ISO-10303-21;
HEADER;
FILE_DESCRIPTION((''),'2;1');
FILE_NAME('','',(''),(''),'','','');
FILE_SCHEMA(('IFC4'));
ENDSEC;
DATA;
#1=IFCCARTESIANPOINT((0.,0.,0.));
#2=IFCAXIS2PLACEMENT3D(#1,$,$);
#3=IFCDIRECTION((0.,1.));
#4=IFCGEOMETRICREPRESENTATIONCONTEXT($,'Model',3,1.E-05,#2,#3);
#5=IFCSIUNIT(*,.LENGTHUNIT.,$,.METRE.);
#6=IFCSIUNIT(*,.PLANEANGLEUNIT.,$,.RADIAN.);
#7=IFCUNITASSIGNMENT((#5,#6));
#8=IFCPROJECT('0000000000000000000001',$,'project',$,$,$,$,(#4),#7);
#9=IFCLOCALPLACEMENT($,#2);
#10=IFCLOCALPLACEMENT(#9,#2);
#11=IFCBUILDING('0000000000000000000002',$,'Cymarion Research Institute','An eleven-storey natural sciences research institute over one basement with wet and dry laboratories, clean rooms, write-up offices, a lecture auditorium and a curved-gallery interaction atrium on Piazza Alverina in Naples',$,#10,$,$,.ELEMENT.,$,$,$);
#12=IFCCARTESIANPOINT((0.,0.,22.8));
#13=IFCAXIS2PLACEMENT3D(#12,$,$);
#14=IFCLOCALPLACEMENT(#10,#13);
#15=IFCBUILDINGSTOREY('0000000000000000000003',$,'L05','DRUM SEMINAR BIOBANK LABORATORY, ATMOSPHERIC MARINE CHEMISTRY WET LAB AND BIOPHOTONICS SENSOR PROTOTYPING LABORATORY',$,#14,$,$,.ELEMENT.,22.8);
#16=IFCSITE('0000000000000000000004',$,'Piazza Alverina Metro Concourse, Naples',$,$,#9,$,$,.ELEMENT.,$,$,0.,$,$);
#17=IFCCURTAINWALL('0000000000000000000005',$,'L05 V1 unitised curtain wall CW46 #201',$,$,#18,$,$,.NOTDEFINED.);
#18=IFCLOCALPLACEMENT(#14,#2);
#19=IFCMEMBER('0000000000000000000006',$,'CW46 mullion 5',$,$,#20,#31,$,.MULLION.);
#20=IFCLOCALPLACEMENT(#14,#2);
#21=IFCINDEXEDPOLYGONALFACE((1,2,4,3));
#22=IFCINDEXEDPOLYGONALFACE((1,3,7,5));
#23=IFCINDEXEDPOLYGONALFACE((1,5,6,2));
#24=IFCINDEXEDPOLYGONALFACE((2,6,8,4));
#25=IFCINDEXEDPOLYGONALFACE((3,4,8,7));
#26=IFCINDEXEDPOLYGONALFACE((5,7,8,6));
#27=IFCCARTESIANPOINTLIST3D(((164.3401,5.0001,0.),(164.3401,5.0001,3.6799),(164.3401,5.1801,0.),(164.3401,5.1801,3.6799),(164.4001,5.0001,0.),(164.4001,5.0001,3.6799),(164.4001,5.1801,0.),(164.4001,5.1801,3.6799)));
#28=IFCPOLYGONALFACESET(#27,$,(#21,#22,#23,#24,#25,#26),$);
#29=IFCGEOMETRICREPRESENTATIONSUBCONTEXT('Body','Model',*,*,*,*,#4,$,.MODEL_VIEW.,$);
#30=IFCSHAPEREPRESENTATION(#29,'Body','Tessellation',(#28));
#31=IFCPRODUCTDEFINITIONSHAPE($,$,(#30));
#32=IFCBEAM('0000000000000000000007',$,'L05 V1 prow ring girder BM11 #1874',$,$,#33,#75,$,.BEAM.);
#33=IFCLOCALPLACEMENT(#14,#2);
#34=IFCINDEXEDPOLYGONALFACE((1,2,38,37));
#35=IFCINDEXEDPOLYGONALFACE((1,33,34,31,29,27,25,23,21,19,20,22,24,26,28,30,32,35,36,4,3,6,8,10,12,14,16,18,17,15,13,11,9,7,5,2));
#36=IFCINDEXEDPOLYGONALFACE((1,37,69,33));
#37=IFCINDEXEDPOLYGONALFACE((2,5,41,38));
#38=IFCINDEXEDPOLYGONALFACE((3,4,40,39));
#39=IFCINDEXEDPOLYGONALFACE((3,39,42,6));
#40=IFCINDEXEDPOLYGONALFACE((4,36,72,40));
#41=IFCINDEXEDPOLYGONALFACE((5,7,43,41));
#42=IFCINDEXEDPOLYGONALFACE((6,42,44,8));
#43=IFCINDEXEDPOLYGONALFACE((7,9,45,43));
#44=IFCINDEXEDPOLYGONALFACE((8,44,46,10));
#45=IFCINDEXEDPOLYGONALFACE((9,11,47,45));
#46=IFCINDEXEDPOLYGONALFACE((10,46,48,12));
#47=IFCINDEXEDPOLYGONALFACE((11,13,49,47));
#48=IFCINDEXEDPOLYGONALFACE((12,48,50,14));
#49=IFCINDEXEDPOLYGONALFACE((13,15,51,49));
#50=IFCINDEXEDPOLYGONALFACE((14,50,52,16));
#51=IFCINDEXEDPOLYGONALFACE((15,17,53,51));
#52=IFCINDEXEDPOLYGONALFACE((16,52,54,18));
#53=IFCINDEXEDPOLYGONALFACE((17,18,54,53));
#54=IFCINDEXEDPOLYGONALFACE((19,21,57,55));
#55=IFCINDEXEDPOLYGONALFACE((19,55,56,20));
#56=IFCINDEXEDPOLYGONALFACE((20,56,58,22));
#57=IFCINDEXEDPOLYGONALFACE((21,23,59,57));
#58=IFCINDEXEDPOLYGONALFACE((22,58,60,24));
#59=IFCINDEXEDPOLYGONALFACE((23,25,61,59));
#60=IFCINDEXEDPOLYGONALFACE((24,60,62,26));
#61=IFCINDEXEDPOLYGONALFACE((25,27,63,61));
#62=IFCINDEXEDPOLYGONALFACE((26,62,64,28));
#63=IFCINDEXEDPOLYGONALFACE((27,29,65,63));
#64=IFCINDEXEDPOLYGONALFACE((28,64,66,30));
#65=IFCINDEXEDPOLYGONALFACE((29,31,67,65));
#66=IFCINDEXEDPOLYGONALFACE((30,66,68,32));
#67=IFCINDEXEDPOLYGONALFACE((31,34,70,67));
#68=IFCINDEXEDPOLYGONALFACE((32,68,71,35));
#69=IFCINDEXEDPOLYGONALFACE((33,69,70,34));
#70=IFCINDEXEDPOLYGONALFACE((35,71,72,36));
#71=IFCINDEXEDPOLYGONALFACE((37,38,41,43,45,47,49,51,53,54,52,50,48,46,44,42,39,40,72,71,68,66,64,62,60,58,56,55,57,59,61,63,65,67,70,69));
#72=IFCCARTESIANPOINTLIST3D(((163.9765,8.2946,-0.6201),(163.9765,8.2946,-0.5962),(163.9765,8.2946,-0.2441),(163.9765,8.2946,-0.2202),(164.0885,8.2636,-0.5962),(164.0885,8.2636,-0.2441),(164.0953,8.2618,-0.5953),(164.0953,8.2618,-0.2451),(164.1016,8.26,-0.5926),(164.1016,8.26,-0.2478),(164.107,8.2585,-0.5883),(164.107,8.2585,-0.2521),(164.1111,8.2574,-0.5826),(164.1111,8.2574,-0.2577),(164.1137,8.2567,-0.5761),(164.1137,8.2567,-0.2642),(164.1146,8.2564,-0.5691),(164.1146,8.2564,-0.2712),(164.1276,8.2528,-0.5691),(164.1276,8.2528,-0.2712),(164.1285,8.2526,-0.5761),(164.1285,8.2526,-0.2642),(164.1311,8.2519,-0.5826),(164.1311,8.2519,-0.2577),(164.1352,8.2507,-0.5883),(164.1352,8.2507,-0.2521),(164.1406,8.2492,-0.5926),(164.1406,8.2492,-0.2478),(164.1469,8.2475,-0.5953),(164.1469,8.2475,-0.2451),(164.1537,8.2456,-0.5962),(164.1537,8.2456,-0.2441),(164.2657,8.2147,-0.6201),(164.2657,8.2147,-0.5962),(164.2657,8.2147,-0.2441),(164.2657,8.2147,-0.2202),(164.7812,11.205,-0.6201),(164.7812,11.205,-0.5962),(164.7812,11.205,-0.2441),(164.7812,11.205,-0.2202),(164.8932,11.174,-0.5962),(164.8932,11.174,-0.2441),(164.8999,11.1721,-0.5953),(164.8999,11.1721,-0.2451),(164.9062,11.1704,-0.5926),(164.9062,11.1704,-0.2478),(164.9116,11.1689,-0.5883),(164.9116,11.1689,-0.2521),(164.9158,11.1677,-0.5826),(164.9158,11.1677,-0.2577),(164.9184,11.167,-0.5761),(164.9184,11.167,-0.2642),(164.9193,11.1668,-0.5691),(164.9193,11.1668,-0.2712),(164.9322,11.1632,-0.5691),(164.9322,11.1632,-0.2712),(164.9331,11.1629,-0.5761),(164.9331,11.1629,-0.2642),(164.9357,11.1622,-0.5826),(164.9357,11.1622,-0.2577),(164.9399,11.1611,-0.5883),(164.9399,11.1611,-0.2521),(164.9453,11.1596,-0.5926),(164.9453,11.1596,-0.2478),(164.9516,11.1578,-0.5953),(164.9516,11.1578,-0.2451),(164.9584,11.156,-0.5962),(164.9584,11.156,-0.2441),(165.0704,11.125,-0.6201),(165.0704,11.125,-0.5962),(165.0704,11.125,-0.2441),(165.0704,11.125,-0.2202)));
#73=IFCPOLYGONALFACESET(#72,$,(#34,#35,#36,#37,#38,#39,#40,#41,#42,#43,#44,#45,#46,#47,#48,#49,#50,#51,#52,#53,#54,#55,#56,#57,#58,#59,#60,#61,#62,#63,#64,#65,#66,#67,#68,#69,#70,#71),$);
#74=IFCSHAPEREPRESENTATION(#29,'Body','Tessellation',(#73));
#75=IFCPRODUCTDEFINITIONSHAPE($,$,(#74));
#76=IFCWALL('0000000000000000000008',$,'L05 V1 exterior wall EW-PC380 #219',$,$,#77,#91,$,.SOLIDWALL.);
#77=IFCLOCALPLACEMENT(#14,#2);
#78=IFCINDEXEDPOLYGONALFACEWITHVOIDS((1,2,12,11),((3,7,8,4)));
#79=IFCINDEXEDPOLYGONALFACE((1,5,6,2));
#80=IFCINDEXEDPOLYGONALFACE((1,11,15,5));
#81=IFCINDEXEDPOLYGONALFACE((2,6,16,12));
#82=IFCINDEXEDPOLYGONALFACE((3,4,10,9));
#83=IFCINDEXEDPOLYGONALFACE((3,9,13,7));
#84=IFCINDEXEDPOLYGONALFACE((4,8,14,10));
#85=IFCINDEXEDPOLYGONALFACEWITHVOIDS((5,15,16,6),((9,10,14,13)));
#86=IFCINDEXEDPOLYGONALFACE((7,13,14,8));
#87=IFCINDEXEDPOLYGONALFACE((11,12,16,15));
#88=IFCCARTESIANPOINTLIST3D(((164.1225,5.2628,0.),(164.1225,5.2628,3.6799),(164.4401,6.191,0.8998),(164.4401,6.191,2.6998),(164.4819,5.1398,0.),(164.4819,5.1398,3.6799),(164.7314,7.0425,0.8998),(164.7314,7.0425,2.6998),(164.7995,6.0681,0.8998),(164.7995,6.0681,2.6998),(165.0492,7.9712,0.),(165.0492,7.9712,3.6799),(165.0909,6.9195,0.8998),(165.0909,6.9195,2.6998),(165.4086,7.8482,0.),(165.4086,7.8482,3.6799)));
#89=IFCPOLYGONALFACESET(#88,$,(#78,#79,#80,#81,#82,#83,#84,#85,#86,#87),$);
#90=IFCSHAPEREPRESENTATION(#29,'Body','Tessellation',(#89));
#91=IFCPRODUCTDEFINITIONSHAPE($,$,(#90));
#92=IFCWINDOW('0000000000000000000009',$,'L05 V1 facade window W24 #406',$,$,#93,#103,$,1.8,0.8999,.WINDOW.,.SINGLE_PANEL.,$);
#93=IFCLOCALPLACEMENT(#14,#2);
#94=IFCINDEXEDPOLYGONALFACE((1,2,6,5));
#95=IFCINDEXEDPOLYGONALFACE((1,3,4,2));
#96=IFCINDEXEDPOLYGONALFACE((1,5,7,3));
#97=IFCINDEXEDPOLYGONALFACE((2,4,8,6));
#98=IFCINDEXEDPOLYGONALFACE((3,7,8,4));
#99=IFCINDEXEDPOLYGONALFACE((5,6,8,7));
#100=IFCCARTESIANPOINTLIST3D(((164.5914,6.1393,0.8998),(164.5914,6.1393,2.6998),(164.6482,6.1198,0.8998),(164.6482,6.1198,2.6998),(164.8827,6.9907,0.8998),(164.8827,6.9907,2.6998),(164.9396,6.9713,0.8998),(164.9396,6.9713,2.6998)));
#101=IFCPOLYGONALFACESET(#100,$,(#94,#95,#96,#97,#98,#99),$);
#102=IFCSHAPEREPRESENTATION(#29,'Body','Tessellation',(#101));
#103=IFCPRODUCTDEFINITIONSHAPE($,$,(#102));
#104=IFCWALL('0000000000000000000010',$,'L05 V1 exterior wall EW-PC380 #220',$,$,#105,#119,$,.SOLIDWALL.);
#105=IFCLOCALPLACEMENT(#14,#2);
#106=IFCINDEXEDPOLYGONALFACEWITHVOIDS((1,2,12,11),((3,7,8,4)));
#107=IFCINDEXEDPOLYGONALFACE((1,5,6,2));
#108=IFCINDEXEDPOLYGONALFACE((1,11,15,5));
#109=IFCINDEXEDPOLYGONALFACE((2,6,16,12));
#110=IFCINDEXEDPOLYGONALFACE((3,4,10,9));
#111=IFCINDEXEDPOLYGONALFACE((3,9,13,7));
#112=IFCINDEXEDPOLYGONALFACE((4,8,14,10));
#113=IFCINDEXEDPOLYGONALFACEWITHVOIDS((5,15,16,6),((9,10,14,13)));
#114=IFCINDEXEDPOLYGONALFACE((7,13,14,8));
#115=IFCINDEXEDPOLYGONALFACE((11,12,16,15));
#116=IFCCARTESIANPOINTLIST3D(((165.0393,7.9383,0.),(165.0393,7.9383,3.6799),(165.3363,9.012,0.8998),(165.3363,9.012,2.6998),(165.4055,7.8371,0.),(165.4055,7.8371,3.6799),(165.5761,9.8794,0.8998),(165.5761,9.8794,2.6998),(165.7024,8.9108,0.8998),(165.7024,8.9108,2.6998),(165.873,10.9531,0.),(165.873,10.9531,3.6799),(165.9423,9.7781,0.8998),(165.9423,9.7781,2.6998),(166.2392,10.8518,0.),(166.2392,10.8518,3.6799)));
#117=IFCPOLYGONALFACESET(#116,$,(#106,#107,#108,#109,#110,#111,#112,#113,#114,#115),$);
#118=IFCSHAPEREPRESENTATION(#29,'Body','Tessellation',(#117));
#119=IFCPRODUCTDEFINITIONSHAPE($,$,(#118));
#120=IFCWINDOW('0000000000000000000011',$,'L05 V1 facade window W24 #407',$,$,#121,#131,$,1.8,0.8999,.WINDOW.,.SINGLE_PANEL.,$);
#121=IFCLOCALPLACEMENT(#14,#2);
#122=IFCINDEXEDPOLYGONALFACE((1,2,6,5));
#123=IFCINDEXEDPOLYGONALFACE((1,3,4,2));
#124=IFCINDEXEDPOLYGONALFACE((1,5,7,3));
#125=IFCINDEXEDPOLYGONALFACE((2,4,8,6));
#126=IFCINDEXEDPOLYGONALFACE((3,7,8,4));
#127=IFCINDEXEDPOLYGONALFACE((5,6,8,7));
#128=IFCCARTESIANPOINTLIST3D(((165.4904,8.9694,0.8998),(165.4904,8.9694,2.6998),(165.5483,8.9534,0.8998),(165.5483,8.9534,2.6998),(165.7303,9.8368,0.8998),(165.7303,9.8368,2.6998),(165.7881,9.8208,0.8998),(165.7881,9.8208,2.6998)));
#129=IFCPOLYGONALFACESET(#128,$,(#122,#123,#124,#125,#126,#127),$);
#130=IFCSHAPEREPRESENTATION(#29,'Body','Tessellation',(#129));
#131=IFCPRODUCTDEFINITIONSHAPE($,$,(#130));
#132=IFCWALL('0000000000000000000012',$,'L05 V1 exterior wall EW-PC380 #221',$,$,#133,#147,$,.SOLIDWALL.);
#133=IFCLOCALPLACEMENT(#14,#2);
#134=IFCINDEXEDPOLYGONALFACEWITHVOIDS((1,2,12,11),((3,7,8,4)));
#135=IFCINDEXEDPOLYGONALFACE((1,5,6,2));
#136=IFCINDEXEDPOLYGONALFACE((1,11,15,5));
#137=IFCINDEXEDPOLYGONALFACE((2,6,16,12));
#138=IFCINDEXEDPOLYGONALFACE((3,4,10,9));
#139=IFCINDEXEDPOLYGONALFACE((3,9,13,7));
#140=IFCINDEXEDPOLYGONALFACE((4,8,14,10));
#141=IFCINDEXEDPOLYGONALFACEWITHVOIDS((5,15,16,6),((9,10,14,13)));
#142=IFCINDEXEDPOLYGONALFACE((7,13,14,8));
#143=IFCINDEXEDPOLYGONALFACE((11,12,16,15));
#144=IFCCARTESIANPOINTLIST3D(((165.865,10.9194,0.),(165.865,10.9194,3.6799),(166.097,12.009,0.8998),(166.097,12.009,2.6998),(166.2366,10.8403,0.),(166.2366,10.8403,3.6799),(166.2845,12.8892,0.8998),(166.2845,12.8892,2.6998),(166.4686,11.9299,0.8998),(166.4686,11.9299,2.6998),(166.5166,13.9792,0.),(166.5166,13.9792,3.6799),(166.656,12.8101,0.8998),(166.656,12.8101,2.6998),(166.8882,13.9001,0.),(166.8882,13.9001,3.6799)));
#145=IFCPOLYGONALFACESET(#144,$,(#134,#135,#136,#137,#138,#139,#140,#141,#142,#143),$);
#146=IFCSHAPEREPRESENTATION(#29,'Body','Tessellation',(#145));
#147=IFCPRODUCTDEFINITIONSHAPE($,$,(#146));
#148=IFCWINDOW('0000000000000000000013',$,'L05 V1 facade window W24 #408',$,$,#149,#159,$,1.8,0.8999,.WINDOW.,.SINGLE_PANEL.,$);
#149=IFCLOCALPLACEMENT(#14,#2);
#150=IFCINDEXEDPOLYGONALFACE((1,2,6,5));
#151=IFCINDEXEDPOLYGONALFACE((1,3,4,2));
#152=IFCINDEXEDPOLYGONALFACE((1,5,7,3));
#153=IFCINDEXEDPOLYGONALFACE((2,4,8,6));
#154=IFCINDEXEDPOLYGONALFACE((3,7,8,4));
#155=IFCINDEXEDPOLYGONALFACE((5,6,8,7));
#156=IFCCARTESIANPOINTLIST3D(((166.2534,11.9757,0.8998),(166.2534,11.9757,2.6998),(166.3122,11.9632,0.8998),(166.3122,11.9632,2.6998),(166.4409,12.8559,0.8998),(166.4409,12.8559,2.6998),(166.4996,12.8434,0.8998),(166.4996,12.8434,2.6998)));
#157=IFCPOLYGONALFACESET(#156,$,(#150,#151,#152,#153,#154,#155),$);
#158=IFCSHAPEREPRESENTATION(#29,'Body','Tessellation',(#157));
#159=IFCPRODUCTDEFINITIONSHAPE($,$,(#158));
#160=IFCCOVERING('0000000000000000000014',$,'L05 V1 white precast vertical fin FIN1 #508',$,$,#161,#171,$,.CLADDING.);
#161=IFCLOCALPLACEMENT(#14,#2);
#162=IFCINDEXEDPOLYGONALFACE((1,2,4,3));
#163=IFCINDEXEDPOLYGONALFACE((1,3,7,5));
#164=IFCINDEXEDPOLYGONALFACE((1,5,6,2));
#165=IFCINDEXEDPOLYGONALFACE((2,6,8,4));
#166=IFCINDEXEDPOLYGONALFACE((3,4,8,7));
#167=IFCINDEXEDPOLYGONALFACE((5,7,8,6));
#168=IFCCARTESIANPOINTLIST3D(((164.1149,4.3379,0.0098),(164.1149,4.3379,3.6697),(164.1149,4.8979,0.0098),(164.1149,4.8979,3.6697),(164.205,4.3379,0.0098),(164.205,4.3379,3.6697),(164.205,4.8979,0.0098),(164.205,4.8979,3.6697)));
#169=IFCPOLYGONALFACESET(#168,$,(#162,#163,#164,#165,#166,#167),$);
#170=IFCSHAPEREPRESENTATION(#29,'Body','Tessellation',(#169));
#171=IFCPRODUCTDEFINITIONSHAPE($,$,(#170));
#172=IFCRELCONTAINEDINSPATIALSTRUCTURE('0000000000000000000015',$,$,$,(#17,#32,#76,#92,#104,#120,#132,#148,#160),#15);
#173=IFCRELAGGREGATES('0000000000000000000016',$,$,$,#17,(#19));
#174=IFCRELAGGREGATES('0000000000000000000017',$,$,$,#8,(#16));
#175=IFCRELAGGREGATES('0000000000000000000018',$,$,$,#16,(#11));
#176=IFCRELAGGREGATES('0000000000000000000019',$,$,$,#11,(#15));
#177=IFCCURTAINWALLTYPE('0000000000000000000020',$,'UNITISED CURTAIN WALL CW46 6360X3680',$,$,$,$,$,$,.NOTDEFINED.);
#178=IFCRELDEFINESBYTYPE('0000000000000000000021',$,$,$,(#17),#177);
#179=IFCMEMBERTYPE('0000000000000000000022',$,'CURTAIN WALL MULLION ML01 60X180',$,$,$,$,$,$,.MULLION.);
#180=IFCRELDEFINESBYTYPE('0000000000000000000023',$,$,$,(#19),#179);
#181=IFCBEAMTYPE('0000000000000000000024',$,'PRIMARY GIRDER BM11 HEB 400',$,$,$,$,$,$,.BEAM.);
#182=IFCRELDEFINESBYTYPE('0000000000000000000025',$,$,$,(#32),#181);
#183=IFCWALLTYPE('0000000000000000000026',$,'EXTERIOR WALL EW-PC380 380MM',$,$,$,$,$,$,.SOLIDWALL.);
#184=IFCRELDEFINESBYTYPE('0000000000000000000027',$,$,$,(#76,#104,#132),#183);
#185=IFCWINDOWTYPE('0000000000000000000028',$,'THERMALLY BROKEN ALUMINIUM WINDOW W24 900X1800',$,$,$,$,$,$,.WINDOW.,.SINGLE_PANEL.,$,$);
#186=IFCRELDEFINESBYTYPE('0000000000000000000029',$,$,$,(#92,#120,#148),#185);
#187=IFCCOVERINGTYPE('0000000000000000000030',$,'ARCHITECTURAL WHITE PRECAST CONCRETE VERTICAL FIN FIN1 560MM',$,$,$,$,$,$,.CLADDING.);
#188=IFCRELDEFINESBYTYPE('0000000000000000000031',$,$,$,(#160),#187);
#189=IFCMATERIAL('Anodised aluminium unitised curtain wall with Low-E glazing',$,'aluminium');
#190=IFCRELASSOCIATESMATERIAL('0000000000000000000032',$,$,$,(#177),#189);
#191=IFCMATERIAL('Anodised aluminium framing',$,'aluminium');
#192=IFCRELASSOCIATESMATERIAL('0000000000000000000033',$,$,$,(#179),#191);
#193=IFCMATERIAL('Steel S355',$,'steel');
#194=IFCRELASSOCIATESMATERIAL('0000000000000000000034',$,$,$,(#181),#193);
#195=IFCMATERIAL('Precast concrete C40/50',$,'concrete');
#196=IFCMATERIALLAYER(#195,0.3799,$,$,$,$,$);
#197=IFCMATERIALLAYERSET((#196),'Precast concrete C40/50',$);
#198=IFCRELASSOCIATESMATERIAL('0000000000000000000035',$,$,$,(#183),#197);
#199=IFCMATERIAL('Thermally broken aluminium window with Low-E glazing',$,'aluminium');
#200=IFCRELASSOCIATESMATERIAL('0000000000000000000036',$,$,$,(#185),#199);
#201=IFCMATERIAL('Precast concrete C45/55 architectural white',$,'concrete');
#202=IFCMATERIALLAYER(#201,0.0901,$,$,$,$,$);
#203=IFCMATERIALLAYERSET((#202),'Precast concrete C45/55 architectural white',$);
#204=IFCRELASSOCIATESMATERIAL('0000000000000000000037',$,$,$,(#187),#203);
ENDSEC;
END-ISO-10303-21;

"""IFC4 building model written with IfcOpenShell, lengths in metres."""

from ifc_helpers import new_model, si_unit, direction, frame, frame_2d, origin, origin_2d, place, context, subcontext, project, spatial, rectangle, i_section, extrude, material, layer, layer_set, material_profile, profile_set, type_object, element, fill, aggregate, save


model = new_model("IFC4")

# Units and contexts
model_context = context("Model", 3, precision=1e-05, world=origin(), true_north=direction((0.0, 1.0)))
body_context = subcontext(model_context, "Body", "Model", "MODEL_VIEW")
ifc_project = project(units=[si_unit("LENGTHUNIT", "METRE"), si_unit("PLANEANGLEUNIT", "RADIAN")], contexts=[model_context])

# Site, building, storey
site_placement = place(None, origin())
site = spatial("IfcSite", under=ifc_project, at=site_placement, Name="Piazza Alverina Metro Concourse, Naples", CompositionType="ELEMENT", RefElevation=0.0)
building_placement = place(site_placement, origin())
building = spatial("IfcBuilding", under=site, at=building_placement, Name="Cymarion Research Institute", Description="An eleven-storey natural sciences research institute over one basement with wet and dry laboratories, clean rooms, write-up offices, a lecture auditorium and a curved-gallery interaction atrium on Piazza Alverina in Naples", CompositionType="ELEMENT")
storey_placement = place(building_placement, frame((0.0, 0.0, 22.8)))
storey = spatial("IfcBuildingStorey", under=building, at=storey_placement, Name="L05", Description="DRUM SEMINAR BIOBANK LABORATORY, ATMOSPHERIC MARINE CHEMISTRY WET LAB AND BIOPHOTONICS SENSOR PROTOTYPING LABORATORY", CompositionType="ELEMENT", Elevation=22.8)

# Curtain wall, member
ifc_material_1 = material(Name="Anodised aluminium unitised curtain wall with Low-E glazing", Category="aluminium")
curtain_wall_type = type_object("IfcCurtainWallType", Name="UNITISED CURTAIN WALL CW46 6360X3680", PredefinedType="NOTDEFINED", material=ifc_material_1)
curtain_wall_placement = place(storey_placement, origin())
curtain_wall = element("IfcCurtainWall", 1, at=curtain_wall_placement, inside=storey, type_object=curtain_wall_type, Name="L05 V1 unitised curtain wall CW46 #201", PredefinedType="NOTDEFINED")
ifc_material_2 = material(Name="Anodised aluminium framing", Category="aluminium")
ifc_material_profile_1 = material_profile(ifc_material_2, rectangle(XDim=0.0601, YDim=0.1799, at=origin_2d()), Name="ALU MULLION 60x180")
ifc_profile_set_1 = profile_set([ifc_material_profile_1], Name="Anodised aluminium framing")
member_type = type_object("IfcMemberType", Name="CURTAIN WALL MULLION ML01 60X180", PredefinedType="MULLION", material=ifc_profile_set_1)
member_placement = place(storey_placement, frame((164.3701, 5.0901, 0.0), z_axis=(0.0, 0.0, 1.0), x_axis=(1.0, 0.0, 0.0)))
member = element("IfcMember", 2, at=member_placement, type_object=member_type, Name="CW46 mullion 5", PredefinedType="MULLION", context=body_context, shape_type="SweptSolid", body=[
    extrude(rectangle(XDim=0.0601, YDim=0.1799, at=origin_2d()), origin(), (0.0, 0.0, 1.0), 3.6799),
])
aggregate(curtain_wall, [member])

# Beam
ifc_material_3 = material(Name="Steel S355", Category="steel")
ifc_material_profile_2 = material_profile(ifc_material_3, i_section(OverallWidth=0.3, OverallDepth=0.3999, WebThickness=0.0134, FlangeThickness=0.0239, FilletRadius=0.0271, at=origin_2d()), Name="HEB 400")
ifc_profile_set_2 = profile_set([ifc_material_profile_2], Name="Steel S355")
beam_type = type_object("IfcBeamType", Name="PRIMARY GIRDER BM11 HEB 400", PredefinedType="BEAM", material=ifc_profile_set_2)
beam_placement = place(storey_placement, frame((164.1211, 8.2546, -0.4202), z_axis=(0.266489, 0.963838, 0.0), x_axis=(-0.963838, 0.266489, 0.0)))
element("IfcBeam", 3, at=beam_placement, inside=storey, type_object=beam_type, Name="L05 V1 prow ring girder BM11 #1874", PredefinedType="BEAM", context=body_context, shape_type="SweptSolid", body=[
    extrude(i_section(OverallWidth=0.3, OverallDepth=0.3999, WebThickness=0.0134, FlangeThickness=0.0239, FilletRadius=0.0271, at=origin_2d()), origin(), (0.0, 0.0, 1.0), 3.0195),
])

# Walls, openings, windows
ifc_material_4 = material(Name="Precast concrete C40/50", Category="concrete")
ifc_layer_1 = layer(ifc_material_4, 0.3799)
ifc_layer_set_1 = layer_set([ifc_layer_1], Name="Precast concrete C40/50")
wall_type = type_object("IfcWallType", Name="EXTERIOR WALL EW-PC380 380MM", PredefinedType="SOLIDWALL", material=ifc_layer_set_1)
wall_1_placement = place(storey_placement, frame((164.3022, 5.2014, 0.0), z_axis=(0.0, 0.0, 1.0), x_axis=(0.32374, 0.946146, 0.0)))
wall_1 = element("IfcWall", 4, at=wall_1_placement, inside=storey, type_object=wall_type, Name="L05 V1 exterior wall EW-PC380 #219", PredefinedType="SOLIDWALL", context=body_context, shape_type="SweptSolid", body=[
    extrude(rectangle(XDim=2.8625, YDim=0.3799, at=frame_2d((1.4312, 0.0))), origin(), (0.0, 0.0, 1.0), 3.6799),
])
opening_1_placement = place(wall_1_placement, frame((0.981, 0.0, 0.8999)))
opening_1 = element("IfcOpeningElement", 5, at=opening_1_placement, cuts=wall_1, PredefinedType="OPENING", context=body_context, shape_type="SweptSolid", body=[
    extrude(rectangle(XDim=0.8999, YDim=1.8, at=frame_2d((0.45, 0.8999))), frame((0.0, 0.2, 0.0), z_axis=(0.0, -1.0, 0.0), x_axis=(1.0, 0.0, 0.0)), (0.0, 0.0, 1.0), 0.3999),
])
ifc_material_5 = material(Name="Thermally broken aluminium window with Low-E glazing", Category="aluminium")
window_type = type_object("IfcWindowType", Name="THERMALLY BROKEN ALUMINIUM WINDOW W24 900X1800", PartitioningType="SINGLE_PANEL", PredefinedType="WINDOW", material=ifc_material_5)
window_1_placement = place(opening_1_placement, origin())
window_1 = element("IfcWindow", 6, at=window_1_placement, inside=storey, type_object=window_type, Name="L05 V1 facade window W24 #406", OverallHeight=1.8, OverallWidth=0.8999, PartitioningType="SINGLE_PANEL", PredefinedType="WINDOW", context=body_context, shape_type="SweptSolid", body=[
    extrude(rectangle(XDim=0.8999, YDim=1.8, at=frame_2d((0.45, 0.8999))), frame((0.0, 0.03, 0.0), z_axis=(0.0, -1.0, 0.0), x_axis=(1.0, 0.0, 0.0)), (0.0, 0.0, 1.0), 0.0601),
])
fill(opening_1, window_1)
wall_2_placement = place(storey_placement, frame((165.2224, 7.8877, 0.0), z_axis=(0.0, 0.0, 1.0), x_axis=(0.266537, 0.963825, 0.0)))
wall_2 = element("IfcWall", 7, at=wall_2_placement, inside=storey, type_object=wall_type, Name="L05 V1 exterior wall EW-PC380 #220", PredefinedType="SOLIDWALL", context=body_context, shape_type="SweptSolid", body=[
    extrude(rectangle(XDim=3.1279, YDim=0.3799, at=frame_2d((1.564, 0.0))), origin(), (0.0, 0.0, 1.0), 3.6799),
])
opening_2_placement = place(wall_2_placement, frame((1.114, 0.0, 0.8999)))
opening_2 = element("IfcOpeningElement", 8, at=opening_2_placement, cuts=wall_2, PredefinedType="OPENING", context=body_context, shape_type="SweptSolid", body=[
    extrude(rectangle(XDim=0.8999, YDim=1.8, at=frame_2d((0.45, 0.8999))), frame((0.0, 0.2, 0.0), z_axis=(0.0, -1.0, 0.0), x_axis=(1.0, 0.0, 0.0)), (0.0, 0.0, 1.0), 0.3999),
])
window_2_placement = place(opening_2_placement, origin())
window_2 = element("IfcWindow", 9, at=window_2_placement, inside=storey, type_object=window_type, Name="L05 V1 facade window W24 #407", OverallHeight=1.8, OverallWidth=0.8999, PartitioningType="SINGLE_PANEL", PredefinedType="WINDOW", context=body_context, shape_type="SweptSolid", body=[
    extrude(rectangle(XDim=0.8999, YDim=1.8, at=frame_2d((0.45, 0.8999))), frame((0.0, 0.03, 0.0), z_axis=(0.0, -1.0, 0.0), x_axis=(1.0, 0.0, 0.0)), (0.0, 0.0, 1.0), 0.0601),
])
fill(opening_2, window_2)
wall_3_placement = place(storey_placement, frame((166.0508, 10.8799, 0.0), z_axis=(0.0, 0.0, 1.0), x_axis=(0.208287, 0.978068, 0.0)))
wall_3 = element("IfcWall", 10, at=wall_3_placement, inside=storey, type_object=wall_type, Name="L05 V1 exterior wall EW-PC380 #221", PredefinedType="SOLIDWALL", context=body_context, shape_type="SweptSolid", body=[
    extrude(rectangle(XDim=3.1284, YDim=0.3799, at=frame_2d((1.5642, 0.0))), origin(), (0.0, 0.0, 1.0), 3.6799),
])
opening_3_placement = place(wall_3_placement, frame((1.114, 0.0, 0.8999)))
opening_3 = element("IfcOpeningElement", 11, at=opening_3_placement, cuts=wall_3, PredefinedType="OPENING", context=body_context, shape_type="SweptSolid", body=[
    extrude(rectangle(XDim=0.8999, YDim=1.8, at=frame_2d((0.45, 0.8999))), frame((0.0, 0.2, 0.0), z_axis=(0.0, -1.0, 0.0), x_axis=(1.0, 0.0, 0.0)), (0.0, 0.0, 1.0), 0.3999),
])
window_3_placement = place(opening_3_placement, origin())
window_3 = element("IfcWindow", 12, at=window_3_placement, inside=storey, type_object=window_type, Name="L05 V1 facade window W24 #408", OverallHeight=1.8, OverallWidth=0.8999, PartitioningType="SINGLE_PANEL", PredefinedType="WINDOW", context=body_context, shape_type="SweptSolid", body=[
    extrude(rectangle(XDim=0.8999, YDim=1.8, at=frame_2d((0.45, 0.8999))), frame((0.0, 0.03, 0.0), z_axis=(0.0, -1.0, 0.0), x_axis=(1.0, 0.0, 0.0)), (0.0, 0.0, 1.0), 0.0601),
])
fill(opening_3, window_3)

# Covering
ifc_material_6 = material(Name="Precast concrete C45/55 architectural white", Category="concrete")
ifc_layer_2 = layer(ifc_material_6, 0.0901)
ifc_layer_set_2 = layer_set([ifc_layer_2], Name="Precast concrete C45/55 architectural white")
covering_type = type_object("IfcCoveringType", Name="ARCHITECTURAL WHITE PRECAST CONCRETE VERTICAL FIN FIN1 560MM", PredefinedType="CLADDING", material=ifc_layer_set_2)
for number, where, z_axis, x_axis, name in (
    (13, (164.1599, 4.6179, 0.0098), (0.0, 0.0, 1.0), (0.0, -1.0, 0.0), "L05 V1 white precast vertical fin FIN1 #508"),
):
    element("IfcCovering", number, at=place(storey_placement, frame(where, z_axis=z_axis, x_axis=x_axis)), inside=storey, type_object=covering_type, Name=name, PredefinedType="CLADDING", context=body_context, shape_type="SweptSolid", body=[
        extrude(rectangle(XDim=0.5601, YDim=0.0901, at=origin_2d()), origin(), (0.0, 0.0, 1.0), 3.6599),
    ])

save(model, "model.ifc")
